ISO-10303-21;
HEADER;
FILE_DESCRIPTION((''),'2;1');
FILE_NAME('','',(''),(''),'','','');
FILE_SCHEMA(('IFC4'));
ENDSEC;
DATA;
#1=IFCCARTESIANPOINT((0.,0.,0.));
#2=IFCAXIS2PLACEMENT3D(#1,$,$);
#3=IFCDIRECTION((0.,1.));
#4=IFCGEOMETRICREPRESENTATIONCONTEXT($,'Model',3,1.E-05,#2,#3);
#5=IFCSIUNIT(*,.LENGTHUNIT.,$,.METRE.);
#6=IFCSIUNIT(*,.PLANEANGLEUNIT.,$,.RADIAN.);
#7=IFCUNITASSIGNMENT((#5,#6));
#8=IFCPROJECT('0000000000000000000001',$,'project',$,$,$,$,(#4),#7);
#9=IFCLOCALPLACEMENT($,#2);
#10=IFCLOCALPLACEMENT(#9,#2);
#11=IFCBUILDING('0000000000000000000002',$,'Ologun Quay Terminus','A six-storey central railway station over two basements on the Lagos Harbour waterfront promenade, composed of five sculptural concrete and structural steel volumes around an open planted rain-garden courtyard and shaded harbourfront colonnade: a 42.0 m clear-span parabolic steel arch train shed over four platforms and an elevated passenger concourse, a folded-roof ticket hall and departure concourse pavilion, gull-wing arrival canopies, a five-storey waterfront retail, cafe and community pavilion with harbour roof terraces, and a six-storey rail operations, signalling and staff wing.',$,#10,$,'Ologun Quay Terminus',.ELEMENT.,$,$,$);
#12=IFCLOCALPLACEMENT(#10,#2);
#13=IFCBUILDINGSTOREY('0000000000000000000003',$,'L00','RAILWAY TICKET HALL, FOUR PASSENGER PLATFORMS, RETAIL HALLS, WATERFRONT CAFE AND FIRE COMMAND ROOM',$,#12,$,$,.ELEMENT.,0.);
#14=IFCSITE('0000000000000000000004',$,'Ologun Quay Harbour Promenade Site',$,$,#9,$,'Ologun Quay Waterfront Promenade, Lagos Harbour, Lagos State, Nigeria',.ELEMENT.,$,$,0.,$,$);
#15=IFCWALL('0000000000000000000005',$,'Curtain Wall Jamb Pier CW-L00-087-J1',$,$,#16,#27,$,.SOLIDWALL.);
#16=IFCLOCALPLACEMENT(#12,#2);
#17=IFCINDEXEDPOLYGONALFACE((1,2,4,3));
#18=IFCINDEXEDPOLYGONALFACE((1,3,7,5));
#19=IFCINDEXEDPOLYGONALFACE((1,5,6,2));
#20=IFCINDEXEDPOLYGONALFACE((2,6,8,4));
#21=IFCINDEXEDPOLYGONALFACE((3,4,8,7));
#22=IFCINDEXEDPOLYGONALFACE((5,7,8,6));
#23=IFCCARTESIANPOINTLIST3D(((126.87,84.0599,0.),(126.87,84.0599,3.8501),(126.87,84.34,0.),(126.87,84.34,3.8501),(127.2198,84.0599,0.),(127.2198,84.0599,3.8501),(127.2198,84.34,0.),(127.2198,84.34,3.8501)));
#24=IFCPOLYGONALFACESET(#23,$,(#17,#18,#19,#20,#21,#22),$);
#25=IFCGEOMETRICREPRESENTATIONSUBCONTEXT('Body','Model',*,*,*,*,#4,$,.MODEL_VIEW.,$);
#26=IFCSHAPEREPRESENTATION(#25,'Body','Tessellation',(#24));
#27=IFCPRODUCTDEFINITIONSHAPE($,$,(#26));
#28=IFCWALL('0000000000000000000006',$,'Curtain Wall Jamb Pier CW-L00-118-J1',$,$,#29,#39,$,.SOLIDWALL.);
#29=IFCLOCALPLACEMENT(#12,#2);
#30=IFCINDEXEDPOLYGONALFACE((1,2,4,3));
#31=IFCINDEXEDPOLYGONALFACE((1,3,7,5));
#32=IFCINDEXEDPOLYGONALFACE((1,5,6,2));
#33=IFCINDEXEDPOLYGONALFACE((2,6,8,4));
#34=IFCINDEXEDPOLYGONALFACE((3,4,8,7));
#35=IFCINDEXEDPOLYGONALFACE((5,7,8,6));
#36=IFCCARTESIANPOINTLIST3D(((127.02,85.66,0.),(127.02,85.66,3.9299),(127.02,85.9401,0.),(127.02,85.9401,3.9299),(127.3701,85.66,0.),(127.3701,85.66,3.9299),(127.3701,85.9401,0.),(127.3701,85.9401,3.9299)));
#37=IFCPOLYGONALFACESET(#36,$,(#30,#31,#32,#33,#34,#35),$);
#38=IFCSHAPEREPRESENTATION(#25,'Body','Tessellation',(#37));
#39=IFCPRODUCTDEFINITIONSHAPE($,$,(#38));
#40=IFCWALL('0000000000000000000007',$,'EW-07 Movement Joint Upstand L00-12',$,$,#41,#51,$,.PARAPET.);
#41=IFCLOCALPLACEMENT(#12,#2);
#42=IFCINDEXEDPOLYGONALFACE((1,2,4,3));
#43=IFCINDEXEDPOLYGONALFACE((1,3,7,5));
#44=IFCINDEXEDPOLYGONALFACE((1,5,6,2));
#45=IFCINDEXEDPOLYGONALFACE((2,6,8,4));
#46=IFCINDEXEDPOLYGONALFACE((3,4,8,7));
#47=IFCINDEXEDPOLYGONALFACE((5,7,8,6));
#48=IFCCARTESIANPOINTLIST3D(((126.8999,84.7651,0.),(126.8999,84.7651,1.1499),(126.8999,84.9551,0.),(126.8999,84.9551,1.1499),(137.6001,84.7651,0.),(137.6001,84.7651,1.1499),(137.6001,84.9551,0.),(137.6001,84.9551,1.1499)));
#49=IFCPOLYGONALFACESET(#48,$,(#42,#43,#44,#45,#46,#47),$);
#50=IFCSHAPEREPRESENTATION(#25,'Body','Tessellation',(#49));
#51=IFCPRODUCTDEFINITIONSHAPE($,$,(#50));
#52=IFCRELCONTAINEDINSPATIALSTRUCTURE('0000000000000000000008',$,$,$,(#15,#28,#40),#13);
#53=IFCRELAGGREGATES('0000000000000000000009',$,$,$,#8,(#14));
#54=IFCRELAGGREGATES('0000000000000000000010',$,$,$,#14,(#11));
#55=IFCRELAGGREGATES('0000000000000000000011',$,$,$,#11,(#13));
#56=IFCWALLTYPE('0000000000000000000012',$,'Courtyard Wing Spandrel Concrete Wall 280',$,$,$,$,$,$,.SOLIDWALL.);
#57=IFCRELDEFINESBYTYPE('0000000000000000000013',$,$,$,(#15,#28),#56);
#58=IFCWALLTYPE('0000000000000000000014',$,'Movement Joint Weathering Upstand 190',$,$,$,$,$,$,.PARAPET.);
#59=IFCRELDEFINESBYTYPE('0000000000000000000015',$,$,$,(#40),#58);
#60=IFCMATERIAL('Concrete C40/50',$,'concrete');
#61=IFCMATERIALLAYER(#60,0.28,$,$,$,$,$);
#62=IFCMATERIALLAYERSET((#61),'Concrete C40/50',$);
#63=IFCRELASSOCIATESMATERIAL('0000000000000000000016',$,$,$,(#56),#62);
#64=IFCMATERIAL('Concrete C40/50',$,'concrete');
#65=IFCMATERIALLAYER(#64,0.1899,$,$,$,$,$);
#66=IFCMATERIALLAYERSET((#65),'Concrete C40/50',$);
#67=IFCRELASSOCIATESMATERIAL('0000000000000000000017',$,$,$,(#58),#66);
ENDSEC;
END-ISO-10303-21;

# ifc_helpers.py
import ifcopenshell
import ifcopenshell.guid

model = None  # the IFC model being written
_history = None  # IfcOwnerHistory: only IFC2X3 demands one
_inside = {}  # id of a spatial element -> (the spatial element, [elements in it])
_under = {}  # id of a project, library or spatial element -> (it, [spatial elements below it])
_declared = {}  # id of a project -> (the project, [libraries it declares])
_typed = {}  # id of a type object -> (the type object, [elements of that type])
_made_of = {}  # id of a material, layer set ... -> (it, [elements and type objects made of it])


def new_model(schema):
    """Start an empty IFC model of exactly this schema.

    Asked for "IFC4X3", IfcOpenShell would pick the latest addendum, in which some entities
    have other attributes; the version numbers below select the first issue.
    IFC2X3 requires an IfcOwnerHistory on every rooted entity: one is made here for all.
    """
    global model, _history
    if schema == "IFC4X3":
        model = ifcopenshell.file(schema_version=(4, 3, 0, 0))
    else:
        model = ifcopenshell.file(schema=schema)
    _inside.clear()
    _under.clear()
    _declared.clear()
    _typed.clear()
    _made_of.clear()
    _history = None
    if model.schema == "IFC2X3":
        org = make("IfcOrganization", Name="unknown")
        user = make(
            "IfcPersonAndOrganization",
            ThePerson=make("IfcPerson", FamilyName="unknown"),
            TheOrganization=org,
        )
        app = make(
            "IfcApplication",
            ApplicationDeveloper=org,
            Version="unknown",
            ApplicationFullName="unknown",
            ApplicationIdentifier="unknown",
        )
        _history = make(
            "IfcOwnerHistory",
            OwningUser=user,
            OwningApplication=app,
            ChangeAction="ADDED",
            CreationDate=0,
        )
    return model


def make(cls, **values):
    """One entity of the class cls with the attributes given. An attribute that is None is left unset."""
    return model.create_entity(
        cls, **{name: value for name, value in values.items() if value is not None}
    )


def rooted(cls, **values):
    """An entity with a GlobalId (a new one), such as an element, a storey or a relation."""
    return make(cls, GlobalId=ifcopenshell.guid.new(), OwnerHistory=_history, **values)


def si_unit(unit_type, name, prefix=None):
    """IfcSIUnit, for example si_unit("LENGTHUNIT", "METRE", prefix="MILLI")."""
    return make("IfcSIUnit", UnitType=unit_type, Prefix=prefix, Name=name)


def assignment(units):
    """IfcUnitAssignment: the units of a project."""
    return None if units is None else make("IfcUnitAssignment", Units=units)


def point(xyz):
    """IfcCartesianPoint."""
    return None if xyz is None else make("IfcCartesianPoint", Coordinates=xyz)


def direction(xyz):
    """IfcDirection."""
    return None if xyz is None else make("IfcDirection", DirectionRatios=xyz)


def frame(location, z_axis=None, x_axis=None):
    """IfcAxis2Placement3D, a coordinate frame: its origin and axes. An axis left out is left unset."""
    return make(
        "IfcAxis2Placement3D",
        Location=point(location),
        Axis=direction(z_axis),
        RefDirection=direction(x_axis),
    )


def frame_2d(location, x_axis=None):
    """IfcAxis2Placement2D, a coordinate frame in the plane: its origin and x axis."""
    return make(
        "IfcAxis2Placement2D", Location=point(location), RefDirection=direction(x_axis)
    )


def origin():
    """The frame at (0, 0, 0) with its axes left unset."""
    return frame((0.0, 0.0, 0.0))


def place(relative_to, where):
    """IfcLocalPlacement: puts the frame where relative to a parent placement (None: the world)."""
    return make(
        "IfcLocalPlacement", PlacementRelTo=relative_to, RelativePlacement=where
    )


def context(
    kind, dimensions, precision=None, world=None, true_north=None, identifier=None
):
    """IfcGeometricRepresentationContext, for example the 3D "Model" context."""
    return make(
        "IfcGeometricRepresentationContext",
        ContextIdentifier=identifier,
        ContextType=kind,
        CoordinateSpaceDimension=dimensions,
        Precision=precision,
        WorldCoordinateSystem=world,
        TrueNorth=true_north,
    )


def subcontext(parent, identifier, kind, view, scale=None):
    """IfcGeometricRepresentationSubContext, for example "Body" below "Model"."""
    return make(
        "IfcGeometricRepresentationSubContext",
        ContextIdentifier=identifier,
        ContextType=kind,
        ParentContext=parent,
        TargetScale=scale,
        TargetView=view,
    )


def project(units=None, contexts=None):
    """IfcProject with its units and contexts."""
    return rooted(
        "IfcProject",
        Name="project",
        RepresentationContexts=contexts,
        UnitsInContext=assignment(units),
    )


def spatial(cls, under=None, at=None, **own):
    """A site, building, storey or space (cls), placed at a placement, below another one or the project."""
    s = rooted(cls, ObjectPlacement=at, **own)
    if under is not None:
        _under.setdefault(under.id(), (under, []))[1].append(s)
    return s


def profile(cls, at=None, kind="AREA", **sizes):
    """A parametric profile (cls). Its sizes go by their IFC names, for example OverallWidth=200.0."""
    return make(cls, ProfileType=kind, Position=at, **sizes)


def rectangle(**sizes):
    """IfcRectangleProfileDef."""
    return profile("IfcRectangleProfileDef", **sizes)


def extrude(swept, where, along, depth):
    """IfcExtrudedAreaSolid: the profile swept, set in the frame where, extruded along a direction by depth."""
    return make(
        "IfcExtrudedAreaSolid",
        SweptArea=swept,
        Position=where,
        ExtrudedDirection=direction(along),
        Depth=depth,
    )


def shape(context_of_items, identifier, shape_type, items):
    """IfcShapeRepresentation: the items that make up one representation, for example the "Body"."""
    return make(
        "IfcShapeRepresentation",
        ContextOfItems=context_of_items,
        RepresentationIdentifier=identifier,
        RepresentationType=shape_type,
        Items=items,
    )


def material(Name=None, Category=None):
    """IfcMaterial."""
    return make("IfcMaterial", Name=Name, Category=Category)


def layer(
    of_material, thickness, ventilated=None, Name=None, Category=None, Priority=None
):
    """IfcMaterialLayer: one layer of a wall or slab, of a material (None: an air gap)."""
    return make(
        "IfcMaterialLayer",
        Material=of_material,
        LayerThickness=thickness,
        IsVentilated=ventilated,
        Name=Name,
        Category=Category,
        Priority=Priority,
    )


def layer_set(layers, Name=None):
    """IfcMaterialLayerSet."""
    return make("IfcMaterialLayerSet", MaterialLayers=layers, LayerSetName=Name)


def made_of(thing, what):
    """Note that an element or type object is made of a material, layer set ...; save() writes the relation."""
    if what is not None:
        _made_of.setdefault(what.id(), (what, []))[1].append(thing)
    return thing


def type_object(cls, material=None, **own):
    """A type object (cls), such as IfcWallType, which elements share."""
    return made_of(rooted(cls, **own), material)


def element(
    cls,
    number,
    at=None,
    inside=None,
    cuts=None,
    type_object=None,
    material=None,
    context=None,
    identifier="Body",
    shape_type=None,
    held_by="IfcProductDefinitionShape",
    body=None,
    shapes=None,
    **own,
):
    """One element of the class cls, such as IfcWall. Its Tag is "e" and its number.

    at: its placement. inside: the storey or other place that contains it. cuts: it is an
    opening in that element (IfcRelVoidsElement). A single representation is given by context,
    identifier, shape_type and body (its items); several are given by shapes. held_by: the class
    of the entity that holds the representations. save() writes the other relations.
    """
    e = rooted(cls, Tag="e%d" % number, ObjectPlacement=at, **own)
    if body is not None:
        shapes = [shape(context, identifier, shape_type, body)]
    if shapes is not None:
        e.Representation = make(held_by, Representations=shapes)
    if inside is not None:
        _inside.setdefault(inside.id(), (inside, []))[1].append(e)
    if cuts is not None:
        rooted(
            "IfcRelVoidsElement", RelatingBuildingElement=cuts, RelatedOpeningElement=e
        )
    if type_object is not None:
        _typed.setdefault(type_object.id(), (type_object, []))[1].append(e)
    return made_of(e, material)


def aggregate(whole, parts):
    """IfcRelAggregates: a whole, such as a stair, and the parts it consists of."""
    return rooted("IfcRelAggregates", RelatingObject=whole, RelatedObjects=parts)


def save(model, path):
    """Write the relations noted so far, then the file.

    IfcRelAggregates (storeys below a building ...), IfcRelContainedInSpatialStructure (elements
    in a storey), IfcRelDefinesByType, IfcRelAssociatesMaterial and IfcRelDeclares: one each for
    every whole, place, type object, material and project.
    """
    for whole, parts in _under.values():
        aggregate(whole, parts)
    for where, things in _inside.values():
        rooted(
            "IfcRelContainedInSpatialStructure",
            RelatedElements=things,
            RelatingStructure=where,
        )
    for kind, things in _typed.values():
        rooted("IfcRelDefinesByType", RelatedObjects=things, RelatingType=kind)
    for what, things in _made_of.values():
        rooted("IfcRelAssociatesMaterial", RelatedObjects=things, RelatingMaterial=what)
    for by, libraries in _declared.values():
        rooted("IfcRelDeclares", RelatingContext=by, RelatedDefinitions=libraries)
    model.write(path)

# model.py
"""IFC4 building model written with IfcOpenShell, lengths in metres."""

from ifc_helpers import new_model, si_unit, direction, frame, frame_2d, origin, place, context, subcontext, project, spatial, rectangle, extrude, material, layer, layer_set, type_object, element, save


model = new_model("IFC4")

# Units and contexts
model_context = context("Model", 3, precision=1e-05, world=origin(), true_north=direction((0.0, 1.0)))
body_context = subcontext(model_context, "Body", "Model", "MODEL_VIEW")
ifc_project = project(units=[si_unit("LENGTHUNIT", "METRE"), si_unit("PLANEANGLEUNIT", "RADIAN")], contexts=[model_context])

# Site, building, storey
site_placement = place(None, origin())
site = spatial("IfcSite", under=ifc_project, at=site_placement, Name="Ologun Quay Harbour Promenade Site", LongName="Ologun Quay Waterfront Promenade, Lagos Harbour, Lagos State, Nigeria", CompositionType="ELEMENT", RefElevation=0.0)
building_placement = place(site_placement, origin())
building = spatial("IfcBuilding", under=site, at=building_placement, Name="Ologun Quay Terminus", Description="A six-storey central railway station over two basements on the Lagos Harbour waterfront promenade, composed of five sculptural concrete and structural steel volumes around an open planted rain-garden courtyard and shaded harbourfront colonnade: a 42.0 m clear-span parabolic steel arch train shed over four platforms and an elevated passenger concourse, a folded-roof ticket hall and departure concourse pavilion, gull-wing arrival canopies, a five-storey waterfront retail, cafe and community pavilion with harbour roof terraces, and a six-storey rail operations, signalling and staff wing.", LongName="Ologun Quay Terminus", CompositionType="ELEMENT")
storey_placement = place(building_placement, origin())
storey = spatial("IfcBuildingStorey", under=building, at=storey_placement, Name="L00", Description="RAILWAY TICKET HALL, FOUR PASSENGER PLATFORMS, RETAIL HALLS, WATERFRONT CAFE AND FIRE COMMAND ROOM", CompositionType="ELEMENT", Elevation=0.0)

# Walls
ifc_material_1 = material(Name="Concrete C40/50", Category="concrete")
ifc_layer_1 = layer(ifc_material_1, 0.28)
ifc_layer_set_1 = layer_set([ifc_layer_1], Name="Concrete C40/50")
wall_type_1 = type_object("IfcWallType", Name="Courtyard Wing Spandrel Concrete Wall 280", PredefinedType="SOLIDWALL", material=ifc_layer_set_1)
wall_1_placement = place(storey_placement, frame((126.8701, 84.2, 0.0), z_axis=(0.0, 0.0, 1.0), x_axis=(1.0, 0.0, 0.0)))
element("IfcWall", 1, at=wall_1_placement, inside=storey, type_object=wall_type_1, Name="Curtain Wall Jamb Pier CW-L00-087-J1", PredefinedType="SOLIDWALL", context=body_context, shape_type="SweptSolid", body=[
    extrude(rectangle(XDim=0.3499, YDim=0.28, at=frame_2d((0.1748, 0.0))), origin(), (0.0, 0.0, 1.0), 3.8501),
])
wall_2_placement = place(storey_placement, frame((127.02, 85.8, 0.0), z_axis=(0.0, 0.0, 1.0), x_axis=(1.0, 0.0, 0.0)))
element("IfcWall", 2, at=wall_2_placement, inside=storey, type_object=wall_type_1, Name="Curtain Wall Jamb Pier CW-L00-118-J1", PredefinedType="SOLIDWALL", context=body_context, shape_type="SweptSolid", body=[
    extrude(rectangle(XDim=0.3501, YDim=0.28, at=frame_2d((0.175, 0.0))), origin(), (0.0, 0.0, 1.0), 3.9299),
])
ifc_material_2 = material(Name="Concrete C40/50", Category="concrete")
ifc_layer_2 = layer(ifc_material_2, 0.1899)
ifc_layer_set_2 = layer_set([ifc_layer_2], Name="Concrete C40/50")
wall_type_2 = type_object("IfcWallType", Name="Movement Joint Weathering Upstand 190", PredefinedType="PARAPET", material=ifc_layer_set_2)
wall_3_placement = place(storey_placement, frame((126.8999, 84.8601, 0.0), z_axis=(0.0, 0.0, 1.0), x_axis=(1.0, 0.0, 0.0)))
element("IfcWall", 3, at=wall_3_placement, inside=storey, type_object=wall_type_2, Name="EW-07 Movement Joint Upstand L00-12", PredefinedType="PARAPET", context=body_context, shape_type="SweptSolid", body=[
    extrude(rectangle(XDim=10.7002, YDim=0.1899, at=frame_2d((5.3501, 0.0))), origin(), (0.0, 0.0, 1.0), 1.1499),
])

save(model, "model.ifc")
